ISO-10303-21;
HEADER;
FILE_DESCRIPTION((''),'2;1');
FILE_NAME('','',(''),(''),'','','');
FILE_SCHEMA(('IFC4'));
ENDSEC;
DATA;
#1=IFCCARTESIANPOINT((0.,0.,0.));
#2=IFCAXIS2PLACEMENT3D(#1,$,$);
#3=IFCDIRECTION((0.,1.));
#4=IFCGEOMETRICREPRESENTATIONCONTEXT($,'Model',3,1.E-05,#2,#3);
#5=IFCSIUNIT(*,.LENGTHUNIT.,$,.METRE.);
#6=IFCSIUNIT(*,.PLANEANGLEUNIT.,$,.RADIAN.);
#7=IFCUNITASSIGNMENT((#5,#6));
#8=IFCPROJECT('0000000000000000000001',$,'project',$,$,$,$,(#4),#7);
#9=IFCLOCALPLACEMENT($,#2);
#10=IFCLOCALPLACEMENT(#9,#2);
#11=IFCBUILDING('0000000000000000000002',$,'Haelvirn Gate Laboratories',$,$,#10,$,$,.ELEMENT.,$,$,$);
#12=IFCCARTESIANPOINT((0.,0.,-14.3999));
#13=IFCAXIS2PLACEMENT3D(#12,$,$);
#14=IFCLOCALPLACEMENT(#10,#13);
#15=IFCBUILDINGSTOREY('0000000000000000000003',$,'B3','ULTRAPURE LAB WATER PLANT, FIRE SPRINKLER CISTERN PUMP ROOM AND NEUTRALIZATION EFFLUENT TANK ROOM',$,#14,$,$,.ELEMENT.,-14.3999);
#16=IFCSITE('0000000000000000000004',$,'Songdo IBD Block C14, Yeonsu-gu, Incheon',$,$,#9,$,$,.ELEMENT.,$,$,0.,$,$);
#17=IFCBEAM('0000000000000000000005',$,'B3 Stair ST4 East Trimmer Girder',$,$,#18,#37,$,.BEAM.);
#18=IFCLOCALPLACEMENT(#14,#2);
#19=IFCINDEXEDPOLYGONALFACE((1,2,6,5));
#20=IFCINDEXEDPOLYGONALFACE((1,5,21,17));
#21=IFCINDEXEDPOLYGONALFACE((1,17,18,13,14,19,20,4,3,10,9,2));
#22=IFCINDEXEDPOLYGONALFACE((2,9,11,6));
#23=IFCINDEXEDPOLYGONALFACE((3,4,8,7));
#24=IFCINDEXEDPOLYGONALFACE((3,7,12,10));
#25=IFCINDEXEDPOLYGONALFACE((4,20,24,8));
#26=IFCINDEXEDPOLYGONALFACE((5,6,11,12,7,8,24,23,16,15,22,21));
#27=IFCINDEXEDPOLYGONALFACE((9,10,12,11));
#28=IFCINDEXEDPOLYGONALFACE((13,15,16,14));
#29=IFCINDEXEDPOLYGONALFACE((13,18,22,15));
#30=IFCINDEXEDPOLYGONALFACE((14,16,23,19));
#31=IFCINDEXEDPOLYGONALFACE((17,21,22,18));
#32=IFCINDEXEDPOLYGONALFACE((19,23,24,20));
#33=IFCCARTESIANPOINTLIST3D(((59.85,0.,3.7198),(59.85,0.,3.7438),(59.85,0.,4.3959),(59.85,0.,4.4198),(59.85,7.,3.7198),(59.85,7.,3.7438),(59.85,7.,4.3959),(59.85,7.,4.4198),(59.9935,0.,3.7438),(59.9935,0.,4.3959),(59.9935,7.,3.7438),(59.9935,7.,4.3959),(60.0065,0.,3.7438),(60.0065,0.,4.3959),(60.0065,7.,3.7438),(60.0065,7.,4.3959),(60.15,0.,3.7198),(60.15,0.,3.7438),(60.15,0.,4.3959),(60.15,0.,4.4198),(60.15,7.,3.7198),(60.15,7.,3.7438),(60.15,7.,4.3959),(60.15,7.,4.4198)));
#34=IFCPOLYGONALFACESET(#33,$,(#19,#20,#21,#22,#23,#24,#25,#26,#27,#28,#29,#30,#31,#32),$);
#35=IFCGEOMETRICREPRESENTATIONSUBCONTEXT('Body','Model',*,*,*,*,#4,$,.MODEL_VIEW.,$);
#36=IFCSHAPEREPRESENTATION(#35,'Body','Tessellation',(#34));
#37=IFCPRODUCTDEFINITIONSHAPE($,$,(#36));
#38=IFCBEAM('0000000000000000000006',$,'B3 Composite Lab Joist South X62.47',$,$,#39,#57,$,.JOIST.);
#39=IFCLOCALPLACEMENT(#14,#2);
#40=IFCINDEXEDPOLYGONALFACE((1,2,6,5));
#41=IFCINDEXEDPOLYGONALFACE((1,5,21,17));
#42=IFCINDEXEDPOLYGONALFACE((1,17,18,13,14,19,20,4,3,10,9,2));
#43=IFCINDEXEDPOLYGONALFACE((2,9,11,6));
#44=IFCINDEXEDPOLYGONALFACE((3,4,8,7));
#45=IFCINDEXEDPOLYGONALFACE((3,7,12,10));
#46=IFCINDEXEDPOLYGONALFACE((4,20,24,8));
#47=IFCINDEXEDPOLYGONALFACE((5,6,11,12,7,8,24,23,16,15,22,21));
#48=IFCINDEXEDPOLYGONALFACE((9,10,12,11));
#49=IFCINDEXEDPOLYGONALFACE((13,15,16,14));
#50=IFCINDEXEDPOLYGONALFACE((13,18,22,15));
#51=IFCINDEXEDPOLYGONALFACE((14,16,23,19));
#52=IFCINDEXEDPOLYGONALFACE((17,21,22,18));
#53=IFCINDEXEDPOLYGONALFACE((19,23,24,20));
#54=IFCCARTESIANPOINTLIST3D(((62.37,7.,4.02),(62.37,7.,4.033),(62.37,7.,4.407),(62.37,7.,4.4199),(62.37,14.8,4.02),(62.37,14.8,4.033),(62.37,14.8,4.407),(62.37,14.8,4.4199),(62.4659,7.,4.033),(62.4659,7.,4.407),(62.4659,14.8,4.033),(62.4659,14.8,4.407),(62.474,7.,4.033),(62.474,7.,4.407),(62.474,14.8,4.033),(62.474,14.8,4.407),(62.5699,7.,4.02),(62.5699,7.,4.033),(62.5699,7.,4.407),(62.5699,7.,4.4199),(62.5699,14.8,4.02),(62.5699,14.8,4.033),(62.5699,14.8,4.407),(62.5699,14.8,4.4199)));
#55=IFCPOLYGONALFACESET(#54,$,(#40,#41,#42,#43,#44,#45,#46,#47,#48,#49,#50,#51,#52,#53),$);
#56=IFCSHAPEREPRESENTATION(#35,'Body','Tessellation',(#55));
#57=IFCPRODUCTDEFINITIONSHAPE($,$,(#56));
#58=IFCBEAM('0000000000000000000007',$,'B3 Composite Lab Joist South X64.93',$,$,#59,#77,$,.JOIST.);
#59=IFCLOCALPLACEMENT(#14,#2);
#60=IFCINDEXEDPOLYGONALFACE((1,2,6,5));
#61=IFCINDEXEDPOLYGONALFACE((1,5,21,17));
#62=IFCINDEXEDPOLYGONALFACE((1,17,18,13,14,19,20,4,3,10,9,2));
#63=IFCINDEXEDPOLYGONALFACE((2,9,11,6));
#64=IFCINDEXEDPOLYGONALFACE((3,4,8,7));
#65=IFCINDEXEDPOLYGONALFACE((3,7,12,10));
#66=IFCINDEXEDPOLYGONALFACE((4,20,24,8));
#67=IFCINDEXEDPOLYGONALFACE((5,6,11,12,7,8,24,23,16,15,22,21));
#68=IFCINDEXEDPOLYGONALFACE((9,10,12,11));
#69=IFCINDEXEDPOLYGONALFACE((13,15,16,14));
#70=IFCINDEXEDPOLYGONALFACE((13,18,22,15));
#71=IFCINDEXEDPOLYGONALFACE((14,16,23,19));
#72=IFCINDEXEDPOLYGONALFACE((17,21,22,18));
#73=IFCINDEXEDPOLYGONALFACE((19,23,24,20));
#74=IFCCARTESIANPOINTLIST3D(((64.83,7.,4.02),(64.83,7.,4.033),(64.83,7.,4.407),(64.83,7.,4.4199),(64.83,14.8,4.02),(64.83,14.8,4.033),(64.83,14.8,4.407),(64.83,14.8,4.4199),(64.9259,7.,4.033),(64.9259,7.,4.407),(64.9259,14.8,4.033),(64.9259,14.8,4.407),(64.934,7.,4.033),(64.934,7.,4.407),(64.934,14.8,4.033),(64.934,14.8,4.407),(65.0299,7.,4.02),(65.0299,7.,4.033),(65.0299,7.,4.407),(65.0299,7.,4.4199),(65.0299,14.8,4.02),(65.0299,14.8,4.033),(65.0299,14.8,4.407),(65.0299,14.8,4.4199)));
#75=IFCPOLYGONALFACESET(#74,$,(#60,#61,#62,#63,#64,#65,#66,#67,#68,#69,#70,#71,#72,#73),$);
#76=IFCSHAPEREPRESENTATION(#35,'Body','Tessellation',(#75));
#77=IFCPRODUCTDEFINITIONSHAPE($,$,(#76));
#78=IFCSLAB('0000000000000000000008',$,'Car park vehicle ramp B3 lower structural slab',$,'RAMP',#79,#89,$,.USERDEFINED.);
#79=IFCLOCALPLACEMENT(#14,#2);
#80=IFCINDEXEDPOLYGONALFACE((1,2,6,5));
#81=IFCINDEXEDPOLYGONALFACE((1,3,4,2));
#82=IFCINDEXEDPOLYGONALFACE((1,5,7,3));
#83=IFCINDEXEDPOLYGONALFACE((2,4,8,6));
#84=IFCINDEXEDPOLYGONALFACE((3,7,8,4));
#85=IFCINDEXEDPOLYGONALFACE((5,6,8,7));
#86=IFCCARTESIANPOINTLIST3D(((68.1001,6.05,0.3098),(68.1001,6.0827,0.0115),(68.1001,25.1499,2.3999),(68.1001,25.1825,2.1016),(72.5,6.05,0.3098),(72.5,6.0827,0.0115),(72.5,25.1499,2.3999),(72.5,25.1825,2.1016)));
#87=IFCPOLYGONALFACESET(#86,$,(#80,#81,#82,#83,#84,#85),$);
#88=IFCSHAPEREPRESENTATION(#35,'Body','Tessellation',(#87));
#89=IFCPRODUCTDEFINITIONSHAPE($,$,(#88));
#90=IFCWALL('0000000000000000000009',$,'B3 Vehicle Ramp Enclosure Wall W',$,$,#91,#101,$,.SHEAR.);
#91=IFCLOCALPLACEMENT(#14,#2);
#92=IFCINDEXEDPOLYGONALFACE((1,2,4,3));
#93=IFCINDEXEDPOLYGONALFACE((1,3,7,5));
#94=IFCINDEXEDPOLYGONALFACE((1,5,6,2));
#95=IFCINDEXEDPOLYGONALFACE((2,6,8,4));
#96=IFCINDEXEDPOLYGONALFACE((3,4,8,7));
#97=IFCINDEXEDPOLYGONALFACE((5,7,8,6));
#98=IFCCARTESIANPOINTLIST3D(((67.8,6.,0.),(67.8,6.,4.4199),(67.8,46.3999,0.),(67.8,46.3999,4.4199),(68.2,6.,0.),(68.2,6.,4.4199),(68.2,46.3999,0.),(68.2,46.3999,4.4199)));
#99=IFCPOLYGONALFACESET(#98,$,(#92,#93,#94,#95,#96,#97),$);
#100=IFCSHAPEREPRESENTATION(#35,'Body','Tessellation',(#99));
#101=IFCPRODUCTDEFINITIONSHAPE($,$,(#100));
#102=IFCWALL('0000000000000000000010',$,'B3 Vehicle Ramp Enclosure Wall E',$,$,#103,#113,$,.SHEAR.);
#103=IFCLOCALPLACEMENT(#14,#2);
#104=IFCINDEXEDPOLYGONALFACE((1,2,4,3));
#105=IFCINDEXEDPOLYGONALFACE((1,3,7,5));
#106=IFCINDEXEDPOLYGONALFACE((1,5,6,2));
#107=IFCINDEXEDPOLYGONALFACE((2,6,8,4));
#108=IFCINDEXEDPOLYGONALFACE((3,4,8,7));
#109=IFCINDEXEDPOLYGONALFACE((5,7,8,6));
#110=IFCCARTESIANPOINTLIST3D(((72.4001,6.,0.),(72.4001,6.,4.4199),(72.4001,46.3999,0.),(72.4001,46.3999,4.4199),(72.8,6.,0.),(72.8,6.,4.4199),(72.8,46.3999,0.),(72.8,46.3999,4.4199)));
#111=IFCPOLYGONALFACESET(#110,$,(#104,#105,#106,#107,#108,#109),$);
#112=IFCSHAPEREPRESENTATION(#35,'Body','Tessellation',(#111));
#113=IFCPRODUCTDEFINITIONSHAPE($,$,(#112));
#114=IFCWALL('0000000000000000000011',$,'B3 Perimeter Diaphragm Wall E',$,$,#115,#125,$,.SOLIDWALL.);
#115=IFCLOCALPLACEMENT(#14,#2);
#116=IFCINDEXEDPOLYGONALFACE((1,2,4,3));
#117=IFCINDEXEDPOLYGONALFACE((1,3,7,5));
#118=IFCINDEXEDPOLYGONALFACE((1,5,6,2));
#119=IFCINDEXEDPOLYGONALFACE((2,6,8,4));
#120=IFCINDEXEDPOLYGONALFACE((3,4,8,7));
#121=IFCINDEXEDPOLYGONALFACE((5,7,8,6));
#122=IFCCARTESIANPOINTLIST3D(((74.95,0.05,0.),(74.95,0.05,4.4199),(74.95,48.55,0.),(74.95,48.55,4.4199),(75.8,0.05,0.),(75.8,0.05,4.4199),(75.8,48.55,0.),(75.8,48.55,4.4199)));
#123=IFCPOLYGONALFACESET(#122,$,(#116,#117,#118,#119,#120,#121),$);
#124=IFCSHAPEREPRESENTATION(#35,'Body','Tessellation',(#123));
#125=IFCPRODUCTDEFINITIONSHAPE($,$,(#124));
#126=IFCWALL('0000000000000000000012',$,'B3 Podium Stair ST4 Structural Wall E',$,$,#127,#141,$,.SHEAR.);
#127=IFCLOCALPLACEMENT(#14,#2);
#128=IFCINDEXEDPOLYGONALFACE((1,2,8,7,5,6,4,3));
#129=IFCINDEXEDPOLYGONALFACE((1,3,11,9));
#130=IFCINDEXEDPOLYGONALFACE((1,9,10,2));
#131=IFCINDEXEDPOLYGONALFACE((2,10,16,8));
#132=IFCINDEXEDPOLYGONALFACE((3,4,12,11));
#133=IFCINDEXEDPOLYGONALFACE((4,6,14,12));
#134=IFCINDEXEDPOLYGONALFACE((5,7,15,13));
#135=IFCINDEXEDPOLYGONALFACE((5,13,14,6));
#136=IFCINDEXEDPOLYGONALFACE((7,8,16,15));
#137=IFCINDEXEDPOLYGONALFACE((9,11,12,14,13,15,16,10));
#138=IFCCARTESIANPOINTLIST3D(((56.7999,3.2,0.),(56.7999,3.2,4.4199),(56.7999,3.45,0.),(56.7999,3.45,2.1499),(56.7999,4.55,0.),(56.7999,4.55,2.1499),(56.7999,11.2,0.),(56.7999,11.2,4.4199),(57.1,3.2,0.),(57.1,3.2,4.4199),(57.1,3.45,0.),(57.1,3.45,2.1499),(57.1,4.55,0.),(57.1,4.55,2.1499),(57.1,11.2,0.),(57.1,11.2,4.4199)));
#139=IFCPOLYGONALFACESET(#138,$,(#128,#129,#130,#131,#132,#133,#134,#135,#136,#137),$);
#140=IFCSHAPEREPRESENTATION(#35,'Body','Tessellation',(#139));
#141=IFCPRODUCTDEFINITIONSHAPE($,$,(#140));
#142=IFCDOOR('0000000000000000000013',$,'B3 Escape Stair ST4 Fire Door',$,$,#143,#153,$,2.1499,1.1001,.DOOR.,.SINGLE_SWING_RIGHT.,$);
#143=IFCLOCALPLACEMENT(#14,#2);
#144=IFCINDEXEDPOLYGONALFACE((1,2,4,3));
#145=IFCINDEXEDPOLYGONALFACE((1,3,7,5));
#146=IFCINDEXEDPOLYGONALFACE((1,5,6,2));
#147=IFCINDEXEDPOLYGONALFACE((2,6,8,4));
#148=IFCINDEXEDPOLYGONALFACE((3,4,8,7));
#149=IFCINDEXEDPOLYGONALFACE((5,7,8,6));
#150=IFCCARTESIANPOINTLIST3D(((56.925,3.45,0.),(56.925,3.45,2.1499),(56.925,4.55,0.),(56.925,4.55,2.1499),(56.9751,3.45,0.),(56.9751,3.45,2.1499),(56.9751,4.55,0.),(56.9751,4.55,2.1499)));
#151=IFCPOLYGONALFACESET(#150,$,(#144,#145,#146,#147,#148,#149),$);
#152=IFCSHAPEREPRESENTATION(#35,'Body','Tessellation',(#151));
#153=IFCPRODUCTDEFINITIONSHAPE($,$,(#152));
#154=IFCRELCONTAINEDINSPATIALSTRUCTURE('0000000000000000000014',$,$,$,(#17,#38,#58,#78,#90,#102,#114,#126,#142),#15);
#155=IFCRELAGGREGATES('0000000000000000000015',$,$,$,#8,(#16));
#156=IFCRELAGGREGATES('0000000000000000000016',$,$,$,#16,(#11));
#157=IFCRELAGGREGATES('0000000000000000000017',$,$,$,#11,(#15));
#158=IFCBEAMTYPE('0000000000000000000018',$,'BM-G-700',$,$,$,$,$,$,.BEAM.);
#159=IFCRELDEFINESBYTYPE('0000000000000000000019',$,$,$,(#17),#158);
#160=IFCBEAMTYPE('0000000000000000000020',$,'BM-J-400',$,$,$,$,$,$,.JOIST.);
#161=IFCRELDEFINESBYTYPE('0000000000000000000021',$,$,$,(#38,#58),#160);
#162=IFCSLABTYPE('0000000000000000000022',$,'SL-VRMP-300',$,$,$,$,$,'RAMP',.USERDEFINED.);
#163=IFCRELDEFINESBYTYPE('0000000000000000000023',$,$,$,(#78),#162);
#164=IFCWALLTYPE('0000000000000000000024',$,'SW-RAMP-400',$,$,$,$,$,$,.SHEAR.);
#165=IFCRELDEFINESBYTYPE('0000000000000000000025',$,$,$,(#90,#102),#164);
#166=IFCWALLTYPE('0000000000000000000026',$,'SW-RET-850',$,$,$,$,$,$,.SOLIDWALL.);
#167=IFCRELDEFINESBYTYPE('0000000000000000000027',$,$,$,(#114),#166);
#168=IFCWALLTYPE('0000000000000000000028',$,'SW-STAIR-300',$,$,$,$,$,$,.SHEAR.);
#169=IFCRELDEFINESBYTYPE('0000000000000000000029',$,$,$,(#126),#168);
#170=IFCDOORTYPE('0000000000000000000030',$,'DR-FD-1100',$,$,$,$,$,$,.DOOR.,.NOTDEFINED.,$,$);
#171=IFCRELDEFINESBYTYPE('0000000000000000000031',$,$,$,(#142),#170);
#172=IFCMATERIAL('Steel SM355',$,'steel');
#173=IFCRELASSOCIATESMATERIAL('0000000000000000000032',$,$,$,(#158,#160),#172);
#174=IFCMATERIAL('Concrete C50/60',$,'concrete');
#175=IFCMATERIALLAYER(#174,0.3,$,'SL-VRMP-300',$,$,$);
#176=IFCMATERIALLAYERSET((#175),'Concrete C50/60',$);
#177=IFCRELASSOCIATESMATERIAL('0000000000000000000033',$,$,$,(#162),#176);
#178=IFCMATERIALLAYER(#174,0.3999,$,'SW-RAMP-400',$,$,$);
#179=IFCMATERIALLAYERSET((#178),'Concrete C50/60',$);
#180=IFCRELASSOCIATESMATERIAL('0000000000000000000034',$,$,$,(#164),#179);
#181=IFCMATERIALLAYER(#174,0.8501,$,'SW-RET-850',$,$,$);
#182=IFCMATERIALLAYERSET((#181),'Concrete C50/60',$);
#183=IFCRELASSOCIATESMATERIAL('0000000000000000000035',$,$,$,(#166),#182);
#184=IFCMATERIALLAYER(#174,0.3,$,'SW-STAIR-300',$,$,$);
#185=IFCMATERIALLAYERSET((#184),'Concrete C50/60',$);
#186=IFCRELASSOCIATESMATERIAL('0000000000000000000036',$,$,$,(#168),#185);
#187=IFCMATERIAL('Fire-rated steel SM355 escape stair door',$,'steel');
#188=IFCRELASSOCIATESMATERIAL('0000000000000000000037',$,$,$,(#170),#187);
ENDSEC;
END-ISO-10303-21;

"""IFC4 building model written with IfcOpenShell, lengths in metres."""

from ifc_helpers import new_model, si_unit, direction, frame, frame_2d, origin, origin_2d, place, context, subcontext, project, spatial, polyline, rectangle, i_section, outline, extrude, source, transform, mapped, material, layer, layer_set, material_profile, profile_set, type_object, type_shapes, element, fill, save


model = new_model("IFC4")

# Units and contexts
model_context = context("Model", 3, precision=1e-05, world=origin(), true_north=direction((0.0, 1.0)))
body_context = subcontext(model_context, "Body", "Model", "MODEL_VIEW")
ifc_project = project(units=[si_unit("LENGTHUNIT", "METRE"), si_unit("PLANEANGLEUNIT", "RADIAN")], contexts=[model_context])

# Site, building, storey
site_placement = place(None, origin())
site = spatial("IfcSite", under=ifc_project, at=site_placement, Name="Songdo IBD Block C14, Yeonsu-gu, Incheon", CompositionType="ELEMENT", RefElevation=0.0)
building_placement = place(site_placement, origin())
building = spatial("IfcBuilding", under=site, at=building_placement, Name="Haelvirn Gate Laboratories", CompositionType="ELEMENT")
storey_placement = place(building_placement, frame((0.0, 0.0, -14.3999)))
storey = spatial("IfcBuildingStorey", under=building, at=storey_placement, Name="B3", Description="ULTRAPURE LAB WATER PLANT, FIRE SPRINKLER CISTERN PUMP ROOM AND NEUTRALIZATION EFFLUENT TANK ROOM", CompositionType="ELEMENT", Elevation=-14.3999)

# Shared definitions
ifc_material_1 = material(Name="Concrete C50/60", Category="concrete")

# Beams
ifc_material_2 = material(Name="Steel SM355", Category="steel")
ifc_material_profile_1 = material_profile(ifc_material_2, i_section(OverallWidth=0.3, OverallDepth=0.7, WebThickness=0.0129, FlangeThickness=0.0239, at=origin_2d()), Name="H-700x300x13x24")
ifc_profile_set_1 = profile_set([ifc_material_profile_1], Name="Steel SM355")
beam_type_1 = type_object("IfcBeamType", Name="BM-G-700", PredefinedType="BEAM", material=ifc_profile_set_1)
shared_shape_1 = source(origin(), body_context, "Body", "SweptSolid", [
    extrude(i_section(OverallWidth=0.3, OverallDepth=0.7, WebThickness=0.0129, FlangeThickness=0.0239, at=origin_2d()), origin(), (0.0, 0.0, 1.0), 7.0),
])
type_shapes(beam_type_1, [shared_shape_1])
beam_1_placement = place(storey_placement, frame((60.0, 0.0, 4.0698), z_axis=(0.0, 1.0, 0.0), x_axis=(-1.0, 0.0, 0.0)))
element("IfcBeam", 1, at=beam_1_placement, inside=storey, type_object=beam_type_1, Name="B3 Stair ST4 East Trimmer Girder", PredefinedType="BEAM", context=body_context, shape_type="MappedRepresentation", body=[
    mapped(shared_shape_1, transform((0.0, 0.0, 0.0), scale=1.0)),
])
ifc_material_profile_2 = material_profile(ifc_material_2, i_section(OverallWidth=0.2, OverallDepth=0.3999, WebThickness=0.0081, FlangeThickness=0.0129, at=origin_2d()), Name="H-400x200x8x13")
ifc_profile_set_2 = profile_set([ifc_material_profile_2], Name="Steel SM355")
beam_type_2 = type_object("IfcBeamType", Name="BM-J-400", PredefinedType="JOIST", material=ifc_profile_set_2)
shared_shape_2 = source(origin(), body_context, "Body", "SweptSolid", [
    extrude(i_section(OverallWidth=0.2, OverallDepth=0.3999, WebThickness=0.0081, FlangeThickness=0.0129, at=origin_2d()), origin(), (0.0, 0.0, 1.0), 7.8),
])
type_shapes(beam_type_2, [shared_shape_2])
for number, where, z_axis, x_axis, name in (
    (2, (62.47, 7.0, 4.22), (0.0, 1.0, 0.0), (-1.0, 0.0, 0.0), "B3 Composite Lab Joist South X62.47"),
    (3, (64.9299, 7.0, 4.22), (0.0, 1.0, 0.0), (-1.0, 0.0, 0.0), "B3 Composite Lab Joist South X64.93"),
):
    element("IfcBeam", number, at=place(storey_placement, frame(where, z_axis=z_axis, x_axis=x_axis)), inside=storey, type_object=beam_type_2, Name=name, PredefinedType="JOIST", context=body_context, shape_type="MappedRepresentation", body=[
        mapped(shared_shape_2, transform((0.0, 0.0, 0.0), scale=1.0)),
    ])

# Slab
ifc_layer_1 = layer(ifc_material_1, 0.3, Name="SL-VRMP-300")
ifc_layer_set_1 = layer_set([ifc_layer_1], Name="Concrete C50/60")
slab_type = type_object("IfcSlabType", Name="SL-VRMP-300", ElementType="RAMP", PredefinedType="USERDEFINED", material=ifc_layer_set_1)
slab_placement = place(storey_placement, frame((68.1001, 6.05, 0.3098), z_axis=(0.0, -0.10878, 0.994066), x_axis=(1.0, 0.0, 0.0)))
element("IfcSlab", 4, at=slab_placement, inside=storey, type_object=slab_type, Name="Car park vehicle ramp B3 lower structural slab", ObjectType="RAMP", PredefinedType="USERDEFINED", context=body_context, shape_type="SweptSolid", body=[
    extrude(outline(polyline([(0.0, 0.0), (4.3999, 0.0), (4.3999, 19.2139), (0.0, 19.2139), (0.0, 0.0)])), origin(), (0.0, 0.0, -1.0), 0.3),
])

# Walls
ifc_layer_2 = layer(ifc_material_1, 0.3999, Name="SW-RAMP-400")
ifc_layer_set_2 = layer_set([ifc_layer_2], Name="Concrete C50/60")
wall_type_1 = type_object("IfcWallType", Name="SW-RAMP-400", PredefinedType="SHEAR", material=ifc_layer_set_2)
for number, where, z_axis, x_axis, name in (
    (5, (68.0, 6.0, 0.0), (0.0, 0.0, 1.0), (0.0, 1.0, 0.0), "B3 Vehicle Ramp Enclosure Wall W"),
    (6, (72.6001, 6.0, 0.0), (0.0, 0.0, 1.0), (0.0, 1.0, 0.0), "B3 Vehicle Ramp Enclosure Wall E"),
):
    element("IfcWall", number, at=place(storey_placement, frame(where, z_axis=z_axis, x_axis=x_axis)), inside=storey, type_object=wall_type_1, Name=name, PredefinedType="SHEAR", context=body_context, shape_type="SweptSolid", body=[
        extrude(rectangle(XDim=40.3999, YDim=0.3999, at=frame_2d((20.2, 0.0))), origin(), (0.0, 0.0, 1.0), 4.4199),
    ])
ifc_layer_3 = layer(ifc_material_1, 0.8501, Name="SW-RET-850")
ifc_layer_set_3 = layer_set([ifc_layer_3], Name="Concrete C50/60")
wall_type_2 = type_object("IfcWallType", Name="SW-RET-850", PredefinedType="SOLIDWALL", material=ifc_layer_set_3)
wall_1_placement = place(storey_placement, frame((75.375, 0.05, 0.0), z_axis=(0.0, 0.0, 1.0), x_axis=(0.0, 1.0, 0.0)))
element("IfcWall", 7, at=wall_1_placement, inside=storey, type_object=wall_type_2, Name="B3 Perimeter Diaphragm Wall E", PredefinedType="SOLIDWALL", context=body_context, shape_type="SweptSolid", body=[
    extrude(rectangle(XDim=48.5, YDim=0.8501, at=frame_2d((24.25, 0.0))), origin(), (0.0, 0.0, 1.0), 4.4199),
])

# Wall, opening, door
ifc_layer_4 = layer(ifc_material_1, 0.3, Name="SW-STAIR-300")
ifc_layer_set_4 = layer_set([ifc_layer_4], Name="Concrete C50/60")
wall_type_3 = type_object("IfcWallType", Name="SW-STAIR-300", PredefinedType="SHEAR", material=ifc_layer_set_4)
wall_2_placement = place(storey_placement, frame((56.95, 3.2, 0.0), z_axis=(0.0, 0.0, 1.0), x_axis=(0.0, 1.0, 0.0)))
wall_2 = element("IfcWall", 8, at=wall_2_placement, inside=storey, type_object=wall_type_3, Name="B3 Podium Stair ST4 Structural Wall E", PredefinedType="SHEAR", context=body_context, shape_type="SweptSolid", body=[
    extrude(rectangle(XDim=8.0, YDim=0.3, at=frame_2d((4.0, 0.0))), origin(), (0.0, 0.0, 1.0), 4.4199),
])
opening_placement = place(wall_2_placement, frame((0.25, 0.0, 0.0)))
opening = element("IfcOpeningElement", 9, at=opening_placement, cuts=wall_2, PredefinedType="OPENING", context=body_context, shape_type="SweptSolid", body=[
    extrude(rectangle(XDim=1.1001, YDim=2.1499, at=frame_2d((0.55, 1.075))), frame((0.0, 0.1602, 0.0), z_axis=(0.0, -1.0, 0.0), x_axis=(1.0, 0.0, 0.0)), (0.0, 0.0, 1.0), 0.3201),
])
ifc_material_3 = material(Name="Fire-rated steel SM355 escape stair door", Category="steel")
door_type = type_object("IfcDoorType", Name="DR-FD-1100", OperationType="NOTDEFINED", PredefinedType="DOOR", material=ifc_material_3)
shared_shape_3 = source(origin(), body_context, "Body", "SweptSolid", [
    extrude(rectangle(XDim=1.1001, YDim=2.1499, at=frame_2d((0.55, 1.075))), frame((0.0, 0.0249, 0.0), z_axis=(0.0, -1.0, 0.0), x_axis=(1.0, 0.0, 0.0)), (0.0, 0.0, 1.0), 0.05),
])
type_shapes(door_type, [shared_shape_3])
door_placement = place(opening_placement, origin())
door = element("IfcDoor", 10, at=door_placement, inside=storey, type_object=door_type, Name="B3 Escape Stair ST4 Fire Door", OperationType="SINGLE_SWING_RIGHT", OverallHeight=2.1499, OverallWidth=1.1001, PredefinedType="DOOR", context=body_context, shape_type="MappedRepresentation", body=[
    mapped(shared_shape_3, transform((0.0, 0.0, 0.0), scale=1.0)),
])
fill(opening, door)

save(model, "model.ifc")
